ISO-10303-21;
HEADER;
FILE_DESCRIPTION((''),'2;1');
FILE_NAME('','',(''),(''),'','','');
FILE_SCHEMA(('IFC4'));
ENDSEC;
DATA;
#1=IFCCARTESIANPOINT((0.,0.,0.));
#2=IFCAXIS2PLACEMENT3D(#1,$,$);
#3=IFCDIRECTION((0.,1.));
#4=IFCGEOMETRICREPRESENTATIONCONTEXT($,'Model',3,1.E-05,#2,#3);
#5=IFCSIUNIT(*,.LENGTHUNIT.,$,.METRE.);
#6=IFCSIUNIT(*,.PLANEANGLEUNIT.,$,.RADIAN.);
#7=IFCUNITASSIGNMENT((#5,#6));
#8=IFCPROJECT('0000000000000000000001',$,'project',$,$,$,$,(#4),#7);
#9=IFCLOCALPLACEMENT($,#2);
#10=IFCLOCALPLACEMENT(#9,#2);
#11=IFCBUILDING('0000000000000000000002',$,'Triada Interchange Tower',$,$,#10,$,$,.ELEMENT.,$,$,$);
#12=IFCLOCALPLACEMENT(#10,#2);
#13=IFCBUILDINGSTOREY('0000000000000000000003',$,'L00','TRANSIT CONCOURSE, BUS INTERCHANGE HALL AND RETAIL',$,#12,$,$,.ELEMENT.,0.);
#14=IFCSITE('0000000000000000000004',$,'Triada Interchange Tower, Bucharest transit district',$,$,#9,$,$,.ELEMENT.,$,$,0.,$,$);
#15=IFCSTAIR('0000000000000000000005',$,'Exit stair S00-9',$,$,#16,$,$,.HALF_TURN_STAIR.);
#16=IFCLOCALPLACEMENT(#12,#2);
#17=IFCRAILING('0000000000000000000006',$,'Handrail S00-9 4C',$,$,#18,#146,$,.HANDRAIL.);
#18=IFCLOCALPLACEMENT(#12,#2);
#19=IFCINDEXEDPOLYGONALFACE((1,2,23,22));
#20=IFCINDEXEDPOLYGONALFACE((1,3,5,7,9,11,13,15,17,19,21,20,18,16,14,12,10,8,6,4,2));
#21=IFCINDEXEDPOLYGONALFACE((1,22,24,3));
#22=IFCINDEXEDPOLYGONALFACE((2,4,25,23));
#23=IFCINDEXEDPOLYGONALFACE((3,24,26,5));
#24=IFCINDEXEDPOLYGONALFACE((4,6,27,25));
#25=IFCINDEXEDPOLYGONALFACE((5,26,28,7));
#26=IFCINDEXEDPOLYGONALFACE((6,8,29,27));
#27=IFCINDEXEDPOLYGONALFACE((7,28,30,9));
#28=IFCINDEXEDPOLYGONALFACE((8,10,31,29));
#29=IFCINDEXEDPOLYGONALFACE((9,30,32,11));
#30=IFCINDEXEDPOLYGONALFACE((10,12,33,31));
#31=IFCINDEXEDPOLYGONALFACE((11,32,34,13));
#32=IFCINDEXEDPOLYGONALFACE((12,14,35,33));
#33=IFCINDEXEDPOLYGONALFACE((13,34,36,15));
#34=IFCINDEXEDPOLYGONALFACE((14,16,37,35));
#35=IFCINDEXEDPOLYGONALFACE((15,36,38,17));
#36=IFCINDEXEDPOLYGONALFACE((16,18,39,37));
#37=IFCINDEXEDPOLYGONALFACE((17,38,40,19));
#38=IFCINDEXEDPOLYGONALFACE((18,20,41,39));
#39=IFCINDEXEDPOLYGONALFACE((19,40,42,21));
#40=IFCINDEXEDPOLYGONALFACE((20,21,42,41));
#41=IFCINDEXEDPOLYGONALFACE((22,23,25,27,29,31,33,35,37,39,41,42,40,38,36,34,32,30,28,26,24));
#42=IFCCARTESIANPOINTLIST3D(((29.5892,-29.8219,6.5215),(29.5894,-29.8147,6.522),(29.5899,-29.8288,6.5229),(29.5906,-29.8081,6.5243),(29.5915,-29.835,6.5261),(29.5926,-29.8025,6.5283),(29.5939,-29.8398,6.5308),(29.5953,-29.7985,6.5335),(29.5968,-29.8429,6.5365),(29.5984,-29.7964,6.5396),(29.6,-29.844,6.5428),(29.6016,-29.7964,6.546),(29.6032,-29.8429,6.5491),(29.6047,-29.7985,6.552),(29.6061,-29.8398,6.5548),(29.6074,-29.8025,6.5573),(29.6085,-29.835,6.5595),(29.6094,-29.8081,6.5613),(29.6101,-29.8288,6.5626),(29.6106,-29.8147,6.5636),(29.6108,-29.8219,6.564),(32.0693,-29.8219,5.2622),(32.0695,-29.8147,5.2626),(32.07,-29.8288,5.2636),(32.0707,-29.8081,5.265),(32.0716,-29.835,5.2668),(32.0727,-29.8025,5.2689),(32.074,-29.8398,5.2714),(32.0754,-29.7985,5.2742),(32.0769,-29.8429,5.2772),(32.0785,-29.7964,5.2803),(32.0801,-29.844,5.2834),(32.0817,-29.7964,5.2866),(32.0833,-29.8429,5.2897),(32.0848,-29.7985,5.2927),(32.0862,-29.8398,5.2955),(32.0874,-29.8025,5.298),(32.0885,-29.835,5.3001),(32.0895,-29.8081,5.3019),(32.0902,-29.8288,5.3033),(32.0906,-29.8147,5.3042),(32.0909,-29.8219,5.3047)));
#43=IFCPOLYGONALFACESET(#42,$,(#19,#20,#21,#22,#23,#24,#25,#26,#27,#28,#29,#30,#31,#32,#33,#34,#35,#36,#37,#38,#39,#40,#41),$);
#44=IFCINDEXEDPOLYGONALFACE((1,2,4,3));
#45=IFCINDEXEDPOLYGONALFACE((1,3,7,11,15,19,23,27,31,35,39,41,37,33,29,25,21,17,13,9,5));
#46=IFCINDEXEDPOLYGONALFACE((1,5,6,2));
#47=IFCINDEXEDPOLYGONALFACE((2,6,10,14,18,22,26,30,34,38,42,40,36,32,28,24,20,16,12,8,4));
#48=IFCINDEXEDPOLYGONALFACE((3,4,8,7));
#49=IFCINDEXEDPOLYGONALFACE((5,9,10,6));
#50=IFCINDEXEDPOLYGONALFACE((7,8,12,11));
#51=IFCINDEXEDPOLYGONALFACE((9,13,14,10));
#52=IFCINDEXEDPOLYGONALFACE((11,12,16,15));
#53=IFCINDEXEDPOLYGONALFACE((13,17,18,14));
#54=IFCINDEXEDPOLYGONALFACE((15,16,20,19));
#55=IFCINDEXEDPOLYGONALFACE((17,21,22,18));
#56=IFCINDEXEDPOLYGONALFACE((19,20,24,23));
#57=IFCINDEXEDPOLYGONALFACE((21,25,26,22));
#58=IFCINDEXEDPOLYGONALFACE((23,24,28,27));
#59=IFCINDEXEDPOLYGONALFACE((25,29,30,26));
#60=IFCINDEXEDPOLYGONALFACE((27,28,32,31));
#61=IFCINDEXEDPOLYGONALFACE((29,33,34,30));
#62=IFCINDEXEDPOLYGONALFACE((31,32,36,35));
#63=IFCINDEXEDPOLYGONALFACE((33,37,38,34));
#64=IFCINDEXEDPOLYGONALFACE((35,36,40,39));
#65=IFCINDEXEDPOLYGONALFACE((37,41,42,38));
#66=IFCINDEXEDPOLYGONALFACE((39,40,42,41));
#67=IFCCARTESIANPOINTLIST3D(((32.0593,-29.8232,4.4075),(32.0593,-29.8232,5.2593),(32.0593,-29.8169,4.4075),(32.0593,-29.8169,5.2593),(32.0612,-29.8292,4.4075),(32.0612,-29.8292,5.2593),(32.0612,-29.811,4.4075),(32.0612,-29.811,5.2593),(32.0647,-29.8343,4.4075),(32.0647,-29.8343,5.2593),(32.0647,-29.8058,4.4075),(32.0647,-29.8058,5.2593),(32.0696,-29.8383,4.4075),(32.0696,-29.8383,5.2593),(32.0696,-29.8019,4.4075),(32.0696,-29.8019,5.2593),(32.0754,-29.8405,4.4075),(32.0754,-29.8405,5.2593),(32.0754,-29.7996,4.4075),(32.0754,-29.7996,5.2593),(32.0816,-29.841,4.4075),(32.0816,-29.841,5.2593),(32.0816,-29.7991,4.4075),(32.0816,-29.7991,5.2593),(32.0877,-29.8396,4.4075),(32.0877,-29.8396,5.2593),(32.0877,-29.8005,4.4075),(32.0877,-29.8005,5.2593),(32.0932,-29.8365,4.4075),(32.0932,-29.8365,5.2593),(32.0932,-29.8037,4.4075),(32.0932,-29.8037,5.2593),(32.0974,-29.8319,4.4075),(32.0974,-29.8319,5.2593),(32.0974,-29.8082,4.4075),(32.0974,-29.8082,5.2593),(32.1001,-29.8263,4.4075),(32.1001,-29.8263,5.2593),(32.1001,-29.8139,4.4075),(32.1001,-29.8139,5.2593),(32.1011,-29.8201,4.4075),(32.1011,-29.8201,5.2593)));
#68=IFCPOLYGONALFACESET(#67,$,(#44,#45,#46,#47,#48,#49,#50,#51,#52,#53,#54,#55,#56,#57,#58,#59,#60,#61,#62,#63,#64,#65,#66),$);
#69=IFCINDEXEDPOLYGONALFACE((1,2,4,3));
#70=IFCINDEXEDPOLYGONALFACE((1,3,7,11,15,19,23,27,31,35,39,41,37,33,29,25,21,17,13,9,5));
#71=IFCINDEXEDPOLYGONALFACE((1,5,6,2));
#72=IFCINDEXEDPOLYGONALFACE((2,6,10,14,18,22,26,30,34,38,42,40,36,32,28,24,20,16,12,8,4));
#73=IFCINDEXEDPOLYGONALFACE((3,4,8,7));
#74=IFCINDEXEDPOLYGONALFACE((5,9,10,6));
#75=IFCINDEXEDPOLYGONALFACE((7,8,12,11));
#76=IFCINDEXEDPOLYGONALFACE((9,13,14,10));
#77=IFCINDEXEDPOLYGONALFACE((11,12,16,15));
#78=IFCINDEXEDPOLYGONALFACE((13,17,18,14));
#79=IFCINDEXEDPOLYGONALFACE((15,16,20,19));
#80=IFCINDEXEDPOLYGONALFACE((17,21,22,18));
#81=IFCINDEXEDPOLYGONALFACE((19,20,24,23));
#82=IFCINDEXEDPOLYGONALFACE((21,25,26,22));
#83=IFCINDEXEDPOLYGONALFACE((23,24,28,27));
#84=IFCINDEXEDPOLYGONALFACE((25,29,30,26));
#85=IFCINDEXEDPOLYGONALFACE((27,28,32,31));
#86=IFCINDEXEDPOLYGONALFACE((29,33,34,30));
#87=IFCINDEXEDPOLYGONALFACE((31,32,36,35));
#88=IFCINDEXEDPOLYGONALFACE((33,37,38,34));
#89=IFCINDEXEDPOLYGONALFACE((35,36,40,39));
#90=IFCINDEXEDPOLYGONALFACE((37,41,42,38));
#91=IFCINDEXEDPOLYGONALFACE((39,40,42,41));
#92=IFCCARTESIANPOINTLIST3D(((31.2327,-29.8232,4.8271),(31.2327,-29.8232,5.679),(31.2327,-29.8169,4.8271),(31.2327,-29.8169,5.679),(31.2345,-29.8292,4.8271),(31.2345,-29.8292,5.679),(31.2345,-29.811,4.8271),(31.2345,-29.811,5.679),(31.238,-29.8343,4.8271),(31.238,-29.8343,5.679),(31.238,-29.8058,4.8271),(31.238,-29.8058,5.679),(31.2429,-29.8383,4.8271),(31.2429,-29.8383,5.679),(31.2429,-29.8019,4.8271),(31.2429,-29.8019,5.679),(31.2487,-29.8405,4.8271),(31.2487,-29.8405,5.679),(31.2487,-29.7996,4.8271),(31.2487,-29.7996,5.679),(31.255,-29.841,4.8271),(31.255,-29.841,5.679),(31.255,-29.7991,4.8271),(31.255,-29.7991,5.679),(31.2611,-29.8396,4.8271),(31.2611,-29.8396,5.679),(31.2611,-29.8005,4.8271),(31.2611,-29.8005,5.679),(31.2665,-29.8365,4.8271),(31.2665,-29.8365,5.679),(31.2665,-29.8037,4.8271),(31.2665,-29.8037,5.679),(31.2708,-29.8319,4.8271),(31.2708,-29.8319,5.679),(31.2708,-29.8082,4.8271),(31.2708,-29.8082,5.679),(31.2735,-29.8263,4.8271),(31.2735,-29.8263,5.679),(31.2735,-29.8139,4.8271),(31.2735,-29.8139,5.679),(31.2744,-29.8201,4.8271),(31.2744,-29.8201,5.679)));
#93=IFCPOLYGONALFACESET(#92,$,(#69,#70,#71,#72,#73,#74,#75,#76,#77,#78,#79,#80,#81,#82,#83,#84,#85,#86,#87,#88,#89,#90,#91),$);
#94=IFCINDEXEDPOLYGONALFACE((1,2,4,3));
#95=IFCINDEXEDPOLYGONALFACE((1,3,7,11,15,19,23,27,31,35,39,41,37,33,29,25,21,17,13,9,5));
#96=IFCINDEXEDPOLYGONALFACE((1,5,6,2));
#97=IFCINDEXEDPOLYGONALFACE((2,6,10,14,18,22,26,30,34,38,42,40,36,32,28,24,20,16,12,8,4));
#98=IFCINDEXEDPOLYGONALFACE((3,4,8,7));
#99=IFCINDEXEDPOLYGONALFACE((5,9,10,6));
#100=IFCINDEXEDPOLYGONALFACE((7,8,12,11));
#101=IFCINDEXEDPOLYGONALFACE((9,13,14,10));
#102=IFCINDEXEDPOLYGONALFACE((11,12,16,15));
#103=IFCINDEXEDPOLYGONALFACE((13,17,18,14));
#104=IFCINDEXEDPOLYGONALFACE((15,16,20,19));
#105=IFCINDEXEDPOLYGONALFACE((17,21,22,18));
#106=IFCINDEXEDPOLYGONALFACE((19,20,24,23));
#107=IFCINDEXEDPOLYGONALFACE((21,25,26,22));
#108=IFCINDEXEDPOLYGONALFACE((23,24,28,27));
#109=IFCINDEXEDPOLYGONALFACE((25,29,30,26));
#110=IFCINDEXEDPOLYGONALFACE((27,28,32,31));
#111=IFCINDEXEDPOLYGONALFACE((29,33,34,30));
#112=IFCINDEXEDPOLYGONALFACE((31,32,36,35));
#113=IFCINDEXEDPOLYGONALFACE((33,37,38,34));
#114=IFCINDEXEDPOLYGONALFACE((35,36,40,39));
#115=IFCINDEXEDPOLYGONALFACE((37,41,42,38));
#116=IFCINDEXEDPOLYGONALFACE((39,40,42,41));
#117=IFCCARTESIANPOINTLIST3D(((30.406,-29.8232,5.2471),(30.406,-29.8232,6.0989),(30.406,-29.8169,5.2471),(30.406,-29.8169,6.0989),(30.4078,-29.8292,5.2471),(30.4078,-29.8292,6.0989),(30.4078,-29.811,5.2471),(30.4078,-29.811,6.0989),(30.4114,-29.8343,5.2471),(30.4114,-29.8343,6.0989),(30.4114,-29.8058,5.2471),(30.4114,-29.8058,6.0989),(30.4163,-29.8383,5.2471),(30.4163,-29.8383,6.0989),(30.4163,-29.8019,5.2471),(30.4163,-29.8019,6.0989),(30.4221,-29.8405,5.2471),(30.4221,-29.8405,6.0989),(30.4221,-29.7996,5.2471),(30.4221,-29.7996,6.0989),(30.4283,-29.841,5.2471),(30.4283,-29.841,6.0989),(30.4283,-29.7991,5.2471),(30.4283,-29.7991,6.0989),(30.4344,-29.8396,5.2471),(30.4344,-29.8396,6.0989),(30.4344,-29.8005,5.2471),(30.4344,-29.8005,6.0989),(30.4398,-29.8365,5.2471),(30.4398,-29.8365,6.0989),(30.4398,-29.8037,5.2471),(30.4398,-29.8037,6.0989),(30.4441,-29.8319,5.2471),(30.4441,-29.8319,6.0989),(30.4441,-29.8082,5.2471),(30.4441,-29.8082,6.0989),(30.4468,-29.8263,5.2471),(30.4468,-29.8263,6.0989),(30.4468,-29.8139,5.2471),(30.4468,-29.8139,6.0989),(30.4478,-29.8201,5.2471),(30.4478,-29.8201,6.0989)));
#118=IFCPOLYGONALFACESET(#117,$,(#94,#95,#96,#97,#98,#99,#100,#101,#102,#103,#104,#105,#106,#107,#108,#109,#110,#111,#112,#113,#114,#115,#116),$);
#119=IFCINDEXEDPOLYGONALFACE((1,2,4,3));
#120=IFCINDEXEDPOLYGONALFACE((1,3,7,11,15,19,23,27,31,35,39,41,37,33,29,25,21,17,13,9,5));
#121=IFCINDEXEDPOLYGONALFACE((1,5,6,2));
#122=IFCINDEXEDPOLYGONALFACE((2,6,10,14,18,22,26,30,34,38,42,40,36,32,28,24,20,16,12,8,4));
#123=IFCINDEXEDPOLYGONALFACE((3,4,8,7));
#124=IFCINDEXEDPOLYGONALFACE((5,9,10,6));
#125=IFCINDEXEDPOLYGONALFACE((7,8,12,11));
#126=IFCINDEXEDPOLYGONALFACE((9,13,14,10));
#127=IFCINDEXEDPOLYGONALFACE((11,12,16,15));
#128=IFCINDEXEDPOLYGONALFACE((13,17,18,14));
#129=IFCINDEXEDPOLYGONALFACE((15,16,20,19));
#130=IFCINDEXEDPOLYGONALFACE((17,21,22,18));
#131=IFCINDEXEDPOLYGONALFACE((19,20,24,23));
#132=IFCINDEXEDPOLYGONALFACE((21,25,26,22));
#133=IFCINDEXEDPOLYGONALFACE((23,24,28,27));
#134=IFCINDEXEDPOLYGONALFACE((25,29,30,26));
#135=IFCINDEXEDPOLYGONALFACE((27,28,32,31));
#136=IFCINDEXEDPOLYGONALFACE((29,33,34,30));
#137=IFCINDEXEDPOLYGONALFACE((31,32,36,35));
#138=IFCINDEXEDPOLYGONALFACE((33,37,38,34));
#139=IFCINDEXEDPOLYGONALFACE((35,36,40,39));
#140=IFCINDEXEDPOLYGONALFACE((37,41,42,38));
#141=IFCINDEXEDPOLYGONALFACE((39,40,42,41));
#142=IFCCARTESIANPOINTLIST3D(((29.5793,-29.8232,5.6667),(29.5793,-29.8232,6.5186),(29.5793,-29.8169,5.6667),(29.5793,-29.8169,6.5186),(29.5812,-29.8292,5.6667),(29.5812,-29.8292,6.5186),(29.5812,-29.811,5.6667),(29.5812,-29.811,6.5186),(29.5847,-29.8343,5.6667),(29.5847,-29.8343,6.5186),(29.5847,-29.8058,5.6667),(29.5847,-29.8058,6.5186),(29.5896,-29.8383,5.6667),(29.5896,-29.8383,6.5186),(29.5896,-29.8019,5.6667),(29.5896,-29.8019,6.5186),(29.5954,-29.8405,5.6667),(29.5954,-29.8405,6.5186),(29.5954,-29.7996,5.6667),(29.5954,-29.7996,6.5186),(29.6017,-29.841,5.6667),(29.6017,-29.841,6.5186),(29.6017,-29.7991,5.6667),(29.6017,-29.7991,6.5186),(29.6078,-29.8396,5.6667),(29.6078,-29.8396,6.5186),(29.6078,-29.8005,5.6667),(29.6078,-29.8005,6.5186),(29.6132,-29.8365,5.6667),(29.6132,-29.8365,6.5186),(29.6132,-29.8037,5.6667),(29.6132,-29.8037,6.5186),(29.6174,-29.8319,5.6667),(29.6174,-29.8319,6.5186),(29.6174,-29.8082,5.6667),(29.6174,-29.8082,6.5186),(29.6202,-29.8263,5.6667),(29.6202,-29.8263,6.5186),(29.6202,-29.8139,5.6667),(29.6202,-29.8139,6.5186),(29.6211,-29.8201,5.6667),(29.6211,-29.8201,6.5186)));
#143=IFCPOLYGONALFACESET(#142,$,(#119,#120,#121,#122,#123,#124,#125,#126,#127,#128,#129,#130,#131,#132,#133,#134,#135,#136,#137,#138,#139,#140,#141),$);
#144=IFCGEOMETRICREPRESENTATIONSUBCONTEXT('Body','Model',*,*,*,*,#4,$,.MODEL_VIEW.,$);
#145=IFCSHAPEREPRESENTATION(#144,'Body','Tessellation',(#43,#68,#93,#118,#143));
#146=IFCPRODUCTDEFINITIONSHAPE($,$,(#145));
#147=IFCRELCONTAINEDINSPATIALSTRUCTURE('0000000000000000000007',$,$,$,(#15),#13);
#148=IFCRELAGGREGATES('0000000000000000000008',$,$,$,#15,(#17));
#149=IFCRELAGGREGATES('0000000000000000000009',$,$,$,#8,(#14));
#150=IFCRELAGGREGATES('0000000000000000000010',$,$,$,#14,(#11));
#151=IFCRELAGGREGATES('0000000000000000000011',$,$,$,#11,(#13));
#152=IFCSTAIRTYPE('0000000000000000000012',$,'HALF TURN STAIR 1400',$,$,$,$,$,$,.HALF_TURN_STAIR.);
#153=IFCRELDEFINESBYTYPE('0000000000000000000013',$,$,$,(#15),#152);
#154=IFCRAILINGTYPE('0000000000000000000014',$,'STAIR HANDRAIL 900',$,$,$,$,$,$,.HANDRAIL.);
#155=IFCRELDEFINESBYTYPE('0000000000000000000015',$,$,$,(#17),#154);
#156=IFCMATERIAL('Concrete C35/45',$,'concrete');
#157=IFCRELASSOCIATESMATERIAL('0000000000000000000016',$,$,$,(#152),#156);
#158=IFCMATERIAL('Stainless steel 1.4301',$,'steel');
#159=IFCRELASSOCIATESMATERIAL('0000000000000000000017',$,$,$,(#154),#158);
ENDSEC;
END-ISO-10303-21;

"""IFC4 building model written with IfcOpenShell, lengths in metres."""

from ifc_helpers import new_model, si_unit, direction, frame, origin, origin_2d, place, context, subcontext, project, spatial, circle, extrude, material, type_object, element, aggregate, save


model = new_model("IFC4")

# Units and contexts
model_context = context("Model", 3, precision=1e-05, world=origin(), true_north=direction((0.0, 1.0)))
body_context = subcontext(model_context, "Body", "Model", "MODEL_VIEW")
ifc_project = project(units=[si_unit("LENGTHUNIT", "METRE"), si_unit("PLANEANGLEUNIT", "RADIAN")], contexts=[model_context])

# Site, building, storey
site_placement = place(None, origin())
site = spatial("IfcSite", under=ifc_project, at=site_placement, Name="Triada Interchange Tower, Bucharest transit district", CompositionType="ELEMENT", RefElevation=0.0)
building_placement = place(site_placement, origin())
building = spatial("IfcBuilding", under=site, at=building_placement, Name="Triada Interchange Tower", CompositionType="ELEMENT")
storey_placement = place(building_placement, origin())
storey = spatial("IfcBuildingStorey", under=building, at=storey_placement, Name="L00", Description="TRANSIT CONCOURSE, BUS INTERCHANGE HALL AND RETAIL", CompositionType="ELEMENT", Elevation=0.0)

# Stair, railing
ifc_material_1 = material(Name="Concrete C35/45", Category="concrete")
stair_type = type_object("IfcStairType", Name="HALF TURN STAIR 1400", PredefinedType="HALF_TURN_STAIR", material=ifc_material_1)
stair_placement = place(storey_placement, origin())
stair = element("IfcStair", 1, at=stair_placement, inside=storey, type_object=stair_type, Name="Exit stair S00-9", PredefinedType="HALF_TURN_STAIR")
ifc_material_2 = material(Name="Stainless steel 1.4301", Category="steel")
railing_type = type_object("IfcRailingType", Name="STAIR HANDRAIL 900", PredefinedType="HANDRAIL", material=ifc_material_2)
railing_1_placement = place(storey_placement, frame((32.0801, -29.8201, 4.4075)))
railing_1 = element("IfcRailing", 2, at=railing_1_placement, type_object=railing_type, Name="Handrail S00-9 4C", PredefinedType="HANDRAIL", context=body_context, shape_type="SweptSolid", body=[
    extrude(circle(Radius=0.0239, at=origin_2d()), frame((0.0, 0.0, 0.876), z_axis=(-0.891636, 0.0, 0.452752), x_axis=(0.0, -1.0, 0.0)), (0.0, 0.0, 1.0), 2.7815),
    extrude(circle(Radius=0.021, at=origin_2d()), origin(), (0.0, 0.0, 1.0), 0.8518),
    extrude(circle(Radius=0.021, at=origin_2d()), frame((-0.8267, 0.0, 0.4197)), (0.0, 0.0, 1.0), 0.8518),
    extrude(circle(Radius=0.021, at=origin_2d()), frame((-1.6533, 0.0, 0.8396)), (0.0, 0.0, 1.0), 0.8518),
    extrude(circle(Radius=0.021, at=origin_2d()), frame((-2.48, 0.0, 1.2593)), (0.0, 0.0, 1.0), 0.8518),
])
aggregate(stair, [railing_1])

save(model, "model.ifc")
